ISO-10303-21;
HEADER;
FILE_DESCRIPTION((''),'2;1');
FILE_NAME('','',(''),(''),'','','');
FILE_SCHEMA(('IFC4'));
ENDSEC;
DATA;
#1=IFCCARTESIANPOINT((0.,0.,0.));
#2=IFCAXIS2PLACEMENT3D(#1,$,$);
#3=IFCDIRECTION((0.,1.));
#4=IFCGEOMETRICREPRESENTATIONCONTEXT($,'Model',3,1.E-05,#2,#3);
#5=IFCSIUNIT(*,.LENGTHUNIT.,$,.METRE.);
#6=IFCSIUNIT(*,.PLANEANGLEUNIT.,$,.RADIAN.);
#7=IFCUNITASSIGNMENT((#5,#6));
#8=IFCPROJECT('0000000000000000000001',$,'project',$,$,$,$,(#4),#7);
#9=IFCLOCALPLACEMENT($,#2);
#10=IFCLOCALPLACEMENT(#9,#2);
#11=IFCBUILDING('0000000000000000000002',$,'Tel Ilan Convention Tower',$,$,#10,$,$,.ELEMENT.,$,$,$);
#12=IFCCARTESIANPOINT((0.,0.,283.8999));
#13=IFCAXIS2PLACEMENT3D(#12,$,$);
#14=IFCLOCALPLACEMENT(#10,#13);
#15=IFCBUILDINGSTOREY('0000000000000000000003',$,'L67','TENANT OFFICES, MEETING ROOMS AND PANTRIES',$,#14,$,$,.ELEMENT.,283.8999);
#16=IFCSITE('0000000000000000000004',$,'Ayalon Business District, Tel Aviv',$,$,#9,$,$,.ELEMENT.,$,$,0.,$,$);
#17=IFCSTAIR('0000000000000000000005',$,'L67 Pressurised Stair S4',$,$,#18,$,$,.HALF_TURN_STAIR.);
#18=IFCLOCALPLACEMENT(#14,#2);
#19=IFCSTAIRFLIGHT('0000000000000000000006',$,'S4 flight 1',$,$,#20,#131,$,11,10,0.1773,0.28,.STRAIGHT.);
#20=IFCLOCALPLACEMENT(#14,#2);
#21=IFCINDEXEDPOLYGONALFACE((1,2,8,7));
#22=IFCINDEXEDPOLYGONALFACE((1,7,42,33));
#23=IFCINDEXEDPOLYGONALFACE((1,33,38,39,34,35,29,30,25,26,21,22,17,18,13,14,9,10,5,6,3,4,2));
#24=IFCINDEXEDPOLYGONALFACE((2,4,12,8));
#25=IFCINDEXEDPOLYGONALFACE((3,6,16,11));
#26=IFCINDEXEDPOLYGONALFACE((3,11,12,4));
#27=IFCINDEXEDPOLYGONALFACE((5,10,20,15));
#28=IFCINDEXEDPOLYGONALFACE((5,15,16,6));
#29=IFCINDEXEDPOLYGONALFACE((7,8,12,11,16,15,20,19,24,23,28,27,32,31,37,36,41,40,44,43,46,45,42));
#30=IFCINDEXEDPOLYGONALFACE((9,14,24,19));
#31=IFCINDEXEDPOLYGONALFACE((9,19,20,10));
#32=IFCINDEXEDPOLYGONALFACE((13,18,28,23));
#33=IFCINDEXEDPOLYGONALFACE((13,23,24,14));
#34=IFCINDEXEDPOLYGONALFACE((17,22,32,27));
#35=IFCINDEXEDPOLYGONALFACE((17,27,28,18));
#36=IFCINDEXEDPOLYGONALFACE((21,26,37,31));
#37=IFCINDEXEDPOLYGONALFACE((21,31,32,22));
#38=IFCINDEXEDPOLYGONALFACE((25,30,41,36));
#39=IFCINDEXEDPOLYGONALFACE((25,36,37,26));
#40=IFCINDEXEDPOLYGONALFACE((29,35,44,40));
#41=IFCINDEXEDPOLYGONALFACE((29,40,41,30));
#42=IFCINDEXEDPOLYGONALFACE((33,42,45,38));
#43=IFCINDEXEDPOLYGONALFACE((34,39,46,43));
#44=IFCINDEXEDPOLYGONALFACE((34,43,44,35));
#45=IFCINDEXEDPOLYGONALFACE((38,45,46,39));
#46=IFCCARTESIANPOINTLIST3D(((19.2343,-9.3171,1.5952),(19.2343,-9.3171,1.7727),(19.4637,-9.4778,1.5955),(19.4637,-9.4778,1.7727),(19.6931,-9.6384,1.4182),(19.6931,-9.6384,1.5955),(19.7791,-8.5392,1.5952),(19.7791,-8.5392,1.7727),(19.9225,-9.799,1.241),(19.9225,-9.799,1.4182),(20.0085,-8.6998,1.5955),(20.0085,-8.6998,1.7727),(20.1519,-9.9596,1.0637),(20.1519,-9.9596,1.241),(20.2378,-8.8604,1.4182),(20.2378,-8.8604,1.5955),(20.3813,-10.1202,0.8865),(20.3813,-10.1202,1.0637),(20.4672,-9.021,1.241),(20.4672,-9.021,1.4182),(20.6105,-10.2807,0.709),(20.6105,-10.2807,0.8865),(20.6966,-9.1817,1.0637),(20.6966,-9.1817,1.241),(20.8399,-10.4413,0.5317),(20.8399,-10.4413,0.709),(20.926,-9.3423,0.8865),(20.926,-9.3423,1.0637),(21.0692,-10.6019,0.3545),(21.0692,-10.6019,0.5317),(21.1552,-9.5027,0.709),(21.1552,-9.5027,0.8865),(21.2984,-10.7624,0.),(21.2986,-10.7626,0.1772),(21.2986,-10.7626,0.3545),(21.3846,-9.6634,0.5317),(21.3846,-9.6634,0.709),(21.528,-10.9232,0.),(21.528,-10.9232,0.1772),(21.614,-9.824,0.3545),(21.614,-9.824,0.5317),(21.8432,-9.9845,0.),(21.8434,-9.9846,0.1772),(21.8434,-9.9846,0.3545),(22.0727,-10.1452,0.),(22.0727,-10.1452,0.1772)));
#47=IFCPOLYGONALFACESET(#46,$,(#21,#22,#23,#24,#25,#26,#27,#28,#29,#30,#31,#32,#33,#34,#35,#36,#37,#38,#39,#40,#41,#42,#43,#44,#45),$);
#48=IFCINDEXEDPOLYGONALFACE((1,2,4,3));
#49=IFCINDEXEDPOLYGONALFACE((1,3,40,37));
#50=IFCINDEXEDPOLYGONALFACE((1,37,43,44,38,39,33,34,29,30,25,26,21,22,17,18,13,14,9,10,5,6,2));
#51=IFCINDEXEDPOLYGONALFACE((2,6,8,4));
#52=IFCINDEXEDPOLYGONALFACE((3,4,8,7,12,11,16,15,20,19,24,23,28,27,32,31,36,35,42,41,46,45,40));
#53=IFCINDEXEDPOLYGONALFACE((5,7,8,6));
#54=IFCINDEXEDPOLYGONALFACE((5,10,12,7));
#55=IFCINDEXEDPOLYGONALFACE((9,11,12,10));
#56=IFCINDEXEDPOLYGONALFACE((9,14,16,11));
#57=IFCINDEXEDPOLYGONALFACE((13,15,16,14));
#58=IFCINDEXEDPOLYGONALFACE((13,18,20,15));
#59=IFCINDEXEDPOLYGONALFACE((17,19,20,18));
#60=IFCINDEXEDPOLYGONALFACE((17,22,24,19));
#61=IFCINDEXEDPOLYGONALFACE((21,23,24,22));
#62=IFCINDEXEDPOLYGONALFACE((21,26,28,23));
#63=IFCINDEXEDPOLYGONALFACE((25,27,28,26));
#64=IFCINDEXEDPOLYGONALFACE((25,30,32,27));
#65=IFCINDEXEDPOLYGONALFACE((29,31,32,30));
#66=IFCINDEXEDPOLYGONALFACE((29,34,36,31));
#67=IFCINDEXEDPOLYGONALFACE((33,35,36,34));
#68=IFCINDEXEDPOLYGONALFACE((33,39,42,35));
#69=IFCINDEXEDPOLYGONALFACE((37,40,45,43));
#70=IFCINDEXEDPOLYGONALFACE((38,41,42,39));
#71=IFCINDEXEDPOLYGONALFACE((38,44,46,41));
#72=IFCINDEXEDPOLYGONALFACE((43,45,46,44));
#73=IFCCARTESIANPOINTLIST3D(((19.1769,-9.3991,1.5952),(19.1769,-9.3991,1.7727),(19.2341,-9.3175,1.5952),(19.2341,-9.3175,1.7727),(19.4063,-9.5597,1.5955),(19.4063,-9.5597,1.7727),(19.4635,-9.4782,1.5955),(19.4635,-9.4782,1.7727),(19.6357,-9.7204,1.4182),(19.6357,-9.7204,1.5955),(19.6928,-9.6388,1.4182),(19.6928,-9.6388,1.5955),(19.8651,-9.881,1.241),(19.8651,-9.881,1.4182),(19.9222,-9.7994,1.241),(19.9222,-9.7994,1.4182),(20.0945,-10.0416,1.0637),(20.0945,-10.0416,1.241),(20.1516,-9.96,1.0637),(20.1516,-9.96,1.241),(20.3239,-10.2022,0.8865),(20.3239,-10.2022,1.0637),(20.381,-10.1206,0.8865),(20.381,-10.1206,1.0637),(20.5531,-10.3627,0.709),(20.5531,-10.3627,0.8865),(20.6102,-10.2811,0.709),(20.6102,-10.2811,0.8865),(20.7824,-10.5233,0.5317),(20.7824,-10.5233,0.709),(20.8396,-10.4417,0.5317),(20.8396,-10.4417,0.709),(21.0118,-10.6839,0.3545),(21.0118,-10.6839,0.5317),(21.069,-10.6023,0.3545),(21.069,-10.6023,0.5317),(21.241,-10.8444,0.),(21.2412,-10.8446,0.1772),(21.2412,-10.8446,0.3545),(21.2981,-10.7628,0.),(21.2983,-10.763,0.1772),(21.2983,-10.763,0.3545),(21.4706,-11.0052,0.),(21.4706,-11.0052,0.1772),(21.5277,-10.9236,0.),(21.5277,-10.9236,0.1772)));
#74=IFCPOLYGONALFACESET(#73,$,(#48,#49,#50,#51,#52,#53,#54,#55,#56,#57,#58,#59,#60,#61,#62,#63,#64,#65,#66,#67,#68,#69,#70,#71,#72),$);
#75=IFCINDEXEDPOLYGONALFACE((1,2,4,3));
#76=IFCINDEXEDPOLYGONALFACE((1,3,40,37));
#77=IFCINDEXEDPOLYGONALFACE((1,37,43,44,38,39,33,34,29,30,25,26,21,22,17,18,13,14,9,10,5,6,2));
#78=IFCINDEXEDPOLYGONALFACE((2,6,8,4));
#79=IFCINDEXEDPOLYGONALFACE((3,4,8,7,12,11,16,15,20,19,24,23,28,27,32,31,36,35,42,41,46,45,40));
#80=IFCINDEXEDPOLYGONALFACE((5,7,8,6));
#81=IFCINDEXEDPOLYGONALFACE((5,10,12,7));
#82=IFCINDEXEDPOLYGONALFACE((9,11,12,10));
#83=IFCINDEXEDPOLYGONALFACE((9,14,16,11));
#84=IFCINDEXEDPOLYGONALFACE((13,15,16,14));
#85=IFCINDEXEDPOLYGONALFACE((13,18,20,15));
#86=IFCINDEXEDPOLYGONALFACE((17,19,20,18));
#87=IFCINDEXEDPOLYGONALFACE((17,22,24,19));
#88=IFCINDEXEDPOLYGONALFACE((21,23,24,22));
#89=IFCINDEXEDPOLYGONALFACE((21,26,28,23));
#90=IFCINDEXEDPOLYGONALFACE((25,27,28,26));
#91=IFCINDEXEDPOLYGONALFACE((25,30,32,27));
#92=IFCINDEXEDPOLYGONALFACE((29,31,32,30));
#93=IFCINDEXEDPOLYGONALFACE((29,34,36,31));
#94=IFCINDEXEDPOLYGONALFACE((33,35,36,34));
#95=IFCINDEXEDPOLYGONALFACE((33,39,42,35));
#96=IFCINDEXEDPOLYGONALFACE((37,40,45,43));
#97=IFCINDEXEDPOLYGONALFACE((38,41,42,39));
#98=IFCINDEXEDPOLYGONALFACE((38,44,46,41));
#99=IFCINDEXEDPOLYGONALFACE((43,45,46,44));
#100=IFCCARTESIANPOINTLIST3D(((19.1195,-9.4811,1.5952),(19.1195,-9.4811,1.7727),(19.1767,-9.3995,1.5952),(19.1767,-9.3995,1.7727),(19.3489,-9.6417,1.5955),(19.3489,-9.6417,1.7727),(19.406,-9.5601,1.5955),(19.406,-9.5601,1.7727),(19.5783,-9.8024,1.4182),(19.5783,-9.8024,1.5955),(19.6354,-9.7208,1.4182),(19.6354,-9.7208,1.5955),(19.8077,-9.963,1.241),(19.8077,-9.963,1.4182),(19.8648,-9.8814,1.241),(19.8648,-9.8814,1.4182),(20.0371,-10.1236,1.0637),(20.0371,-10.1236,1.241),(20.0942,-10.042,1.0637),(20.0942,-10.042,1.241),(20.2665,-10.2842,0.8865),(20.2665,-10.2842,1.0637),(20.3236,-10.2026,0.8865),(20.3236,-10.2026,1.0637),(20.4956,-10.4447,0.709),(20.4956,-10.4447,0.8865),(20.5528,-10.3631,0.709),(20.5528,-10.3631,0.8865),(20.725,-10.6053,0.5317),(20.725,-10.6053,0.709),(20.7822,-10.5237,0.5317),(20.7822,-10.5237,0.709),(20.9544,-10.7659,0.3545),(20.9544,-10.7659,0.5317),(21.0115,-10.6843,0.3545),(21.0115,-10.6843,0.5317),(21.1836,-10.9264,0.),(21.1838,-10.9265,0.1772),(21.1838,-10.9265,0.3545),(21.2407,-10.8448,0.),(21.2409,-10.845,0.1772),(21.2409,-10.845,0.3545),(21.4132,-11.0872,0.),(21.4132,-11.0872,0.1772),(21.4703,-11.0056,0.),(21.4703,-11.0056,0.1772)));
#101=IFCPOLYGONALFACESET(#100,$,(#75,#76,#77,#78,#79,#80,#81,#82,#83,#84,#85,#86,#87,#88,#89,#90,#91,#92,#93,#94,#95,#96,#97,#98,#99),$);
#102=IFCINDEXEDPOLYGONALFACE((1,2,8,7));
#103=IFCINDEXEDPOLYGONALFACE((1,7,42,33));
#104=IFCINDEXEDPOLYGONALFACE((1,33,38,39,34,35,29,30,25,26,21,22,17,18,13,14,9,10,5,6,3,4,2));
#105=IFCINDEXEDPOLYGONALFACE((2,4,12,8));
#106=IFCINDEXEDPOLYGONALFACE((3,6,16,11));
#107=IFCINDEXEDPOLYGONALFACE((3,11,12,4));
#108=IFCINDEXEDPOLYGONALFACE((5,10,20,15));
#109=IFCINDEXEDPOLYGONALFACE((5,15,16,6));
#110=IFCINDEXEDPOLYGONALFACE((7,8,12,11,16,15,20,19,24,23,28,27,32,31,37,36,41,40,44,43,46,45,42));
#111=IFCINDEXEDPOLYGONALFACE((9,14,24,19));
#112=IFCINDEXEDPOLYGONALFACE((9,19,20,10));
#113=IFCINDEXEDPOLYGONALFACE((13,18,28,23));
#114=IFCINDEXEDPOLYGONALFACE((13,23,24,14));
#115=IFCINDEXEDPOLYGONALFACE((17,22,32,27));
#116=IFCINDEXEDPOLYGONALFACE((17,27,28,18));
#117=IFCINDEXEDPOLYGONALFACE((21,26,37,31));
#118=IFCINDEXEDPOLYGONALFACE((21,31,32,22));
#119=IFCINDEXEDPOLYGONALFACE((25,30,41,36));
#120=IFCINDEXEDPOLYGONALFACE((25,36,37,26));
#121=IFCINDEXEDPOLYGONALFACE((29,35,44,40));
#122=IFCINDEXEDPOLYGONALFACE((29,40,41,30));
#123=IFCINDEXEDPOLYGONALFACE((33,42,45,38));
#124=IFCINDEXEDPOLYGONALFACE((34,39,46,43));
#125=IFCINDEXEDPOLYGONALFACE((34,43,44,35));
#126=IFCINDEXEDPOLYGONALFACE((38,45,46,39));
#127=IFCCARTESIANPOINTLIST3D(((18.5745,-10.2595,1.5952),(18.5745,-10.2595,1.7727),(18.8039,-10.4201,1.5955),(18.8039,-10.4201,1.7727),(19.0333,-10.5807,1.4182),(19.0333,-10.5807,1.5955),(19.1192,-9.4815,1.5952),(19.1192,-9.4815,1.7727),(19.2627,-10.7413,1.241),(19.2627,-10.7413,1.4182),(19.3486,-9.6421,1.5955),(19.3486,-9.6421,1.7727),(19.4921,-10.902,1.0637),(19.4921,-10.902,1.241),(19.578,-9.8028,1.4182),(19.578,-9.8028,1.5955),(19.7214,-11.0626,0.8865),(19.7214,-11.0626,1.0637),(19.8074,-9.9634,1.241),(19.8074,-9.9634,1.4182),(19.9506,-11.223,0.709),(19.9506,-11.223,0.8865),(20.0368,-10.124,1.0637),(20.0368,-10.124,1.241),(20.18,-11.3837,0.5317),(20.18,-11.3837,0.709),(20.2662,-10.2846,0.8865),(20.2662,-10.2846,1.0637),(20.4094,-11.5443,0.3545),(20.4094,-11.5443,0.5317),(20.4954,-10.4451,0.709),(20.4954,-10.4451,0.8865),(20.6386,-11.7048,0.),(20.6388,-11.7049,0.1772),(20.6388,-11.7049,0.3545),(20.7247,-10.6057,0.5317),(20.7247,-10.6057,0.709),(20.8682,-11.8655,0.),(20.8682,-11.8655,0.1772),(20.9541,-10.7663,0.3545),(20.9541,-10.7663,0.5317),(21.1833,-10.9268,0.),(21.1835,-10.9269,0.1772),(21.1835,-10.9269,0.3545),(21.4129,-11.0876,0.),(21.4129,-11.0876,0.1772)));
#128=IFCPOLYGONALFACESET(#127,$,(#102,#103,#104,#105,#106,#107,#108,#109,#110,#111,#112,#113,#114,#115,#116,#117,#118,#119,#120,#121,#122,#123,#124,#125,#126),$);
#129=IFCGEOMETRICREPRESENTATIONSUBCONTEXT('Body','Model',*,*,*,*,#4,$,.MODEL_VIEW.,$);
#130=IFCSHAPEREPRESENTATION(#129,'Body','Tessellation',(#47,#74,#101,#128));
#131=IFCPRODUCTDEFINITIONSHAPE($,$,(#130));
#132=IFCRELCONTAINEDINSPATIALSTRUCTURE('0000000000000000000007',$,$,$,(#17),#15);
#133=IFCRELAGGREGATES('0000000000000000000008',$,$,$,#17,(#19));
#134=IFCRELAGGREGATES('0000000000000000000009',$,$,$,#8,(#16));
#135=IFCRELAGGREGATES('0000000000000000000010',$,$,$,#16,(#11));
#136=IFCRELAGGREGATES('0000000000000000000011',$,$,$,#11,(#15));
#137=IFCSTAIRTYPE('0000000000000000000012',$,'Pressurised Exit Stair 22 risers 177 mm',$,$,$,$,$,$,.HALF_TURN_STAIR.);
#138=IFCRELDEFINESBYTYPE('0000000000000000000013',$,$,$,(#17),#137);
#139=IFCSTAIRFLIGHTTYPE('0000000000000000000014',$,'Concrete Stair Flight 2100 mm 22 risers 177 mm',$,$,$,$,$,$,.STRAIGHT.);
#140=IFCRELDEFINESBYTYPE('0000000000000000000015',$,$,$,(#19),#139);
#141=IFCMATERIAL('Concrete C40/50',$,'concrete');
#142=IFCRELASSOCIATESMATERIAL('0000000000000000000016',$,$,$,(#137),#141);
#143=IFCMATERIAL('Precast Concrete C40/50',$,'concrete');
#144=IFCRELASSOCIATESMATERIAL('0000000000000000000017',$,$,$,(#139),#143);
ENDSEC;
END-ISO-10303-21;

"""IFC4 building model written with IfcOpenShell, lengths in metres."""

from ifc_helpers import new_model, si_unit, direction, frame, origin, place, context, subcontext, project, spatial, polyline, outline, extrude, material, type_object, element, aggregate, save


model = new_model("IFC4")

# Units and contexts
model_context = context("Model", 3, precision=1e-05, world=origin(), true_north=direction((0.0, 1.0)))
body_context = subcontext(model_context, "Body", "Model", "MODEL_VIEW")
ifc_project = project(units=[si_unit("LENGTHUNIT", "METRE"), si_unit("PLANEANGLEUNIT", "RADIAN")], contexts=[model_context])

# Site, building, storey
site_placement = place(None, origin())
site = spatial("IfcSite", under=ifc_project, at=site_placement, Name="Ayalon Business District, Tel Aviv", CompositionType="ELEMENT", RefElevation=0.0)
building_placement = place(site_placement, origin())
building = spatial("IfcBuilding", under=site, at=building_placement, Name="Tel Ilan Convention Tower", CompositionType="ELEMENT")
storey_placement = place(building_placement, frame((0.0, 0.0, 283.8999)))
storey = spatial("IfcBuildingStorey", under=building, at=storey_placement, Name="L67", Description="TENANT OFFICES, MEETING ROOMS AND PANTRIES", CompositionType="ELEMENT", Elevation=283.8999)

# Shared definitions
ifc_material_1 = material(Name="Concrete C40/50", Category="concrete")
stair_type = type_object("IfcStairType", Name="Pressurised Exit Stair 22 risers 177 mm", PredefinedType="HALF_TURN_STAIR", material=ifc_material_1)
ifc_material_2 = material(Name="Precast Concrete C40/50", Category="concrete")
stair_flight_type = type_object("IfcStairFlightType", Name="Concrete Stair Flight 2100 mm 22 risers 177 mm", PredefinedType="STRAIGHT", material=ifc_material_2)

# Stair, stair flight
stair_1_placement = place(storey_placement, origin())
stair_1 = element("IfcStair", 1, at=stair_1_placement, inside=storey, type_object=stair_type, Name="L67 Pressurised Stair S4", PredefinedType="HALF_TURN_STAIR")
stair_flight_1_placement = place(storey_placement, frame((21.4705, -11.0054, 0.0), z_axis=(0.0, 0.0, 1.0), x_axis=(-0.819152, 0.573576, 0.0)))
stair_flight_1 = element("IfcStairFlight", 2, at=stair_flight_1_placement, type_object=stair_flight_type, Name="S4 flight 1", NumberOfRisers=11, NumberOfTreads=10, PredefinedType="STRAIGHT", RiserHeight=0.1773, TreadLength=0.28, context=body_context, shape_type="SweptSolid", body=[
    extrude(outline(polyline([(0.0, 0.0), (0.0, 0.1772), (0.28, 0.1772), (0.28, 0.3545), (0.5601, 0.3545), (0.5601, 0.5317), (0.8401, 0.5317), (0.8401, 0.709), (1.1201, 0.709), (1.1201, 0.8865), (1.3999, 0.8865), (1.3999, 1.0637), (1.6799, 1.0637), (1.6799, 1.241), (1.96, 1.241), (1.96, 1.4182), (2.24, 1.4182), (2.24, 1.5955), (2.52, 1.5955), (2.52, 1.7727), (2.8, 1.7727), (2.8, 1.95), (2.8, 1.5952), (0.2803, 0.0), (0.0, 0.0)])), frame((0.0, -0.1003, 0.0), z_axis=(0.0, -1.0, 0.0), x_axis=(1.0, 0.0, 0.0)), (0.0, 0.0, 1.0), 0.9497),
    extrude(outline(polyline([(0.0, 0.0), (0.0, 0.1772), (0.28, 0.1772), (0.28, 0.3545), (0.5601, 0.3545), (0.5601, 0.5317), (0.8401, 0.5317), (0.8401, 0.709), (1.1201, 0.709), (1.1201, 0.8865), (1.3999, 0.8865), (1.3999, 1.0637), (1.6799, 1.0637), (1.6799, 1.241), (1.96, 1.241), (1.96, 1.4182), (2.24, 1.4182), (2.24, 1.5955), (2.52, 1.5955), (2.52, 1.7727), (2.8, 1.7727), (2.8, 1.95), (2.8, 1.5952), (0.2803, 0.0), (0.0, 0.0)])), frame((0.0, -0.0002, 0.0), z_axis=(0.0, -1.0, 0.0), x_axis=(1.0, 0.0, 0.0)), (0.0, 0.0, 1.0), 0.0996),
    extrude(outline(polyline([(0.0, 0.0), (0.0, 0.1772), (0.28, 0.1772), (0.28, 0.3545), (0.5601, 0.3545), (0.5601, 0.5317), (0.8401, 0.5317), (0.8401, 0.709), (1.1201, 0.709), (1.1201, 0.8865), (1.3999, 0.8865), (1.3999, 1.0637), (1.6799, 1.0637), (1.6799, 1.241), (1.96, 1.241), (1.96, 1.4182), (2.24, 1.4182), (2.24, 1.5955), (2.52, 1.5955), (2.52, 1.7727), (2.8, 1.7727), (2.8, 1.95), (2.8, 1.5952), (0.2803, 0.0), (0.0, 0.0)])), frame((0.0, 0.0999, 0.0), z_axis=(0.0, -1.0, 0.0), x_axis=(1.0, 0.0, 0.0)), (0.0, 0.0, 1.0), 0.0996),
    extrude(outline(polyline([(0.0, 0.0), (0.0, 0.1772), (0.28, 0.1772), (0.28, 0.3545), (0.5601, 0.3545), (0.5601, 0.5317), (0.8401, 0.5317), (0.8401, 0.709), (1.1201, 0.709), (1.1201, 0.8865), (1.3999, 0.8865), (1.3999, 1.0637), (1.6799, 1.0637), (1.6799, 1.241), (1.96, 1.241), (1.96, 1.4182), (2.24, 1.4182), (2.24, 1.5955), (2.52, 1.5955), (2.52, 1.7727), (2.8, 1.7727), (2.8, 1.95), (2.8, 1.5952), (0.2803, 0.0), (0.0, 0.0)])), frame((0.0, 1.05, 0.0), z_axis=(0.0, -1.0, 0.0), x_axis=(1.0, 0.0, 0.0)), (0.0, 0.0, 1.0), 0.9497),
])
aggregate(stair_1, [stair_flight_1])

save(model, "model.ifc")
